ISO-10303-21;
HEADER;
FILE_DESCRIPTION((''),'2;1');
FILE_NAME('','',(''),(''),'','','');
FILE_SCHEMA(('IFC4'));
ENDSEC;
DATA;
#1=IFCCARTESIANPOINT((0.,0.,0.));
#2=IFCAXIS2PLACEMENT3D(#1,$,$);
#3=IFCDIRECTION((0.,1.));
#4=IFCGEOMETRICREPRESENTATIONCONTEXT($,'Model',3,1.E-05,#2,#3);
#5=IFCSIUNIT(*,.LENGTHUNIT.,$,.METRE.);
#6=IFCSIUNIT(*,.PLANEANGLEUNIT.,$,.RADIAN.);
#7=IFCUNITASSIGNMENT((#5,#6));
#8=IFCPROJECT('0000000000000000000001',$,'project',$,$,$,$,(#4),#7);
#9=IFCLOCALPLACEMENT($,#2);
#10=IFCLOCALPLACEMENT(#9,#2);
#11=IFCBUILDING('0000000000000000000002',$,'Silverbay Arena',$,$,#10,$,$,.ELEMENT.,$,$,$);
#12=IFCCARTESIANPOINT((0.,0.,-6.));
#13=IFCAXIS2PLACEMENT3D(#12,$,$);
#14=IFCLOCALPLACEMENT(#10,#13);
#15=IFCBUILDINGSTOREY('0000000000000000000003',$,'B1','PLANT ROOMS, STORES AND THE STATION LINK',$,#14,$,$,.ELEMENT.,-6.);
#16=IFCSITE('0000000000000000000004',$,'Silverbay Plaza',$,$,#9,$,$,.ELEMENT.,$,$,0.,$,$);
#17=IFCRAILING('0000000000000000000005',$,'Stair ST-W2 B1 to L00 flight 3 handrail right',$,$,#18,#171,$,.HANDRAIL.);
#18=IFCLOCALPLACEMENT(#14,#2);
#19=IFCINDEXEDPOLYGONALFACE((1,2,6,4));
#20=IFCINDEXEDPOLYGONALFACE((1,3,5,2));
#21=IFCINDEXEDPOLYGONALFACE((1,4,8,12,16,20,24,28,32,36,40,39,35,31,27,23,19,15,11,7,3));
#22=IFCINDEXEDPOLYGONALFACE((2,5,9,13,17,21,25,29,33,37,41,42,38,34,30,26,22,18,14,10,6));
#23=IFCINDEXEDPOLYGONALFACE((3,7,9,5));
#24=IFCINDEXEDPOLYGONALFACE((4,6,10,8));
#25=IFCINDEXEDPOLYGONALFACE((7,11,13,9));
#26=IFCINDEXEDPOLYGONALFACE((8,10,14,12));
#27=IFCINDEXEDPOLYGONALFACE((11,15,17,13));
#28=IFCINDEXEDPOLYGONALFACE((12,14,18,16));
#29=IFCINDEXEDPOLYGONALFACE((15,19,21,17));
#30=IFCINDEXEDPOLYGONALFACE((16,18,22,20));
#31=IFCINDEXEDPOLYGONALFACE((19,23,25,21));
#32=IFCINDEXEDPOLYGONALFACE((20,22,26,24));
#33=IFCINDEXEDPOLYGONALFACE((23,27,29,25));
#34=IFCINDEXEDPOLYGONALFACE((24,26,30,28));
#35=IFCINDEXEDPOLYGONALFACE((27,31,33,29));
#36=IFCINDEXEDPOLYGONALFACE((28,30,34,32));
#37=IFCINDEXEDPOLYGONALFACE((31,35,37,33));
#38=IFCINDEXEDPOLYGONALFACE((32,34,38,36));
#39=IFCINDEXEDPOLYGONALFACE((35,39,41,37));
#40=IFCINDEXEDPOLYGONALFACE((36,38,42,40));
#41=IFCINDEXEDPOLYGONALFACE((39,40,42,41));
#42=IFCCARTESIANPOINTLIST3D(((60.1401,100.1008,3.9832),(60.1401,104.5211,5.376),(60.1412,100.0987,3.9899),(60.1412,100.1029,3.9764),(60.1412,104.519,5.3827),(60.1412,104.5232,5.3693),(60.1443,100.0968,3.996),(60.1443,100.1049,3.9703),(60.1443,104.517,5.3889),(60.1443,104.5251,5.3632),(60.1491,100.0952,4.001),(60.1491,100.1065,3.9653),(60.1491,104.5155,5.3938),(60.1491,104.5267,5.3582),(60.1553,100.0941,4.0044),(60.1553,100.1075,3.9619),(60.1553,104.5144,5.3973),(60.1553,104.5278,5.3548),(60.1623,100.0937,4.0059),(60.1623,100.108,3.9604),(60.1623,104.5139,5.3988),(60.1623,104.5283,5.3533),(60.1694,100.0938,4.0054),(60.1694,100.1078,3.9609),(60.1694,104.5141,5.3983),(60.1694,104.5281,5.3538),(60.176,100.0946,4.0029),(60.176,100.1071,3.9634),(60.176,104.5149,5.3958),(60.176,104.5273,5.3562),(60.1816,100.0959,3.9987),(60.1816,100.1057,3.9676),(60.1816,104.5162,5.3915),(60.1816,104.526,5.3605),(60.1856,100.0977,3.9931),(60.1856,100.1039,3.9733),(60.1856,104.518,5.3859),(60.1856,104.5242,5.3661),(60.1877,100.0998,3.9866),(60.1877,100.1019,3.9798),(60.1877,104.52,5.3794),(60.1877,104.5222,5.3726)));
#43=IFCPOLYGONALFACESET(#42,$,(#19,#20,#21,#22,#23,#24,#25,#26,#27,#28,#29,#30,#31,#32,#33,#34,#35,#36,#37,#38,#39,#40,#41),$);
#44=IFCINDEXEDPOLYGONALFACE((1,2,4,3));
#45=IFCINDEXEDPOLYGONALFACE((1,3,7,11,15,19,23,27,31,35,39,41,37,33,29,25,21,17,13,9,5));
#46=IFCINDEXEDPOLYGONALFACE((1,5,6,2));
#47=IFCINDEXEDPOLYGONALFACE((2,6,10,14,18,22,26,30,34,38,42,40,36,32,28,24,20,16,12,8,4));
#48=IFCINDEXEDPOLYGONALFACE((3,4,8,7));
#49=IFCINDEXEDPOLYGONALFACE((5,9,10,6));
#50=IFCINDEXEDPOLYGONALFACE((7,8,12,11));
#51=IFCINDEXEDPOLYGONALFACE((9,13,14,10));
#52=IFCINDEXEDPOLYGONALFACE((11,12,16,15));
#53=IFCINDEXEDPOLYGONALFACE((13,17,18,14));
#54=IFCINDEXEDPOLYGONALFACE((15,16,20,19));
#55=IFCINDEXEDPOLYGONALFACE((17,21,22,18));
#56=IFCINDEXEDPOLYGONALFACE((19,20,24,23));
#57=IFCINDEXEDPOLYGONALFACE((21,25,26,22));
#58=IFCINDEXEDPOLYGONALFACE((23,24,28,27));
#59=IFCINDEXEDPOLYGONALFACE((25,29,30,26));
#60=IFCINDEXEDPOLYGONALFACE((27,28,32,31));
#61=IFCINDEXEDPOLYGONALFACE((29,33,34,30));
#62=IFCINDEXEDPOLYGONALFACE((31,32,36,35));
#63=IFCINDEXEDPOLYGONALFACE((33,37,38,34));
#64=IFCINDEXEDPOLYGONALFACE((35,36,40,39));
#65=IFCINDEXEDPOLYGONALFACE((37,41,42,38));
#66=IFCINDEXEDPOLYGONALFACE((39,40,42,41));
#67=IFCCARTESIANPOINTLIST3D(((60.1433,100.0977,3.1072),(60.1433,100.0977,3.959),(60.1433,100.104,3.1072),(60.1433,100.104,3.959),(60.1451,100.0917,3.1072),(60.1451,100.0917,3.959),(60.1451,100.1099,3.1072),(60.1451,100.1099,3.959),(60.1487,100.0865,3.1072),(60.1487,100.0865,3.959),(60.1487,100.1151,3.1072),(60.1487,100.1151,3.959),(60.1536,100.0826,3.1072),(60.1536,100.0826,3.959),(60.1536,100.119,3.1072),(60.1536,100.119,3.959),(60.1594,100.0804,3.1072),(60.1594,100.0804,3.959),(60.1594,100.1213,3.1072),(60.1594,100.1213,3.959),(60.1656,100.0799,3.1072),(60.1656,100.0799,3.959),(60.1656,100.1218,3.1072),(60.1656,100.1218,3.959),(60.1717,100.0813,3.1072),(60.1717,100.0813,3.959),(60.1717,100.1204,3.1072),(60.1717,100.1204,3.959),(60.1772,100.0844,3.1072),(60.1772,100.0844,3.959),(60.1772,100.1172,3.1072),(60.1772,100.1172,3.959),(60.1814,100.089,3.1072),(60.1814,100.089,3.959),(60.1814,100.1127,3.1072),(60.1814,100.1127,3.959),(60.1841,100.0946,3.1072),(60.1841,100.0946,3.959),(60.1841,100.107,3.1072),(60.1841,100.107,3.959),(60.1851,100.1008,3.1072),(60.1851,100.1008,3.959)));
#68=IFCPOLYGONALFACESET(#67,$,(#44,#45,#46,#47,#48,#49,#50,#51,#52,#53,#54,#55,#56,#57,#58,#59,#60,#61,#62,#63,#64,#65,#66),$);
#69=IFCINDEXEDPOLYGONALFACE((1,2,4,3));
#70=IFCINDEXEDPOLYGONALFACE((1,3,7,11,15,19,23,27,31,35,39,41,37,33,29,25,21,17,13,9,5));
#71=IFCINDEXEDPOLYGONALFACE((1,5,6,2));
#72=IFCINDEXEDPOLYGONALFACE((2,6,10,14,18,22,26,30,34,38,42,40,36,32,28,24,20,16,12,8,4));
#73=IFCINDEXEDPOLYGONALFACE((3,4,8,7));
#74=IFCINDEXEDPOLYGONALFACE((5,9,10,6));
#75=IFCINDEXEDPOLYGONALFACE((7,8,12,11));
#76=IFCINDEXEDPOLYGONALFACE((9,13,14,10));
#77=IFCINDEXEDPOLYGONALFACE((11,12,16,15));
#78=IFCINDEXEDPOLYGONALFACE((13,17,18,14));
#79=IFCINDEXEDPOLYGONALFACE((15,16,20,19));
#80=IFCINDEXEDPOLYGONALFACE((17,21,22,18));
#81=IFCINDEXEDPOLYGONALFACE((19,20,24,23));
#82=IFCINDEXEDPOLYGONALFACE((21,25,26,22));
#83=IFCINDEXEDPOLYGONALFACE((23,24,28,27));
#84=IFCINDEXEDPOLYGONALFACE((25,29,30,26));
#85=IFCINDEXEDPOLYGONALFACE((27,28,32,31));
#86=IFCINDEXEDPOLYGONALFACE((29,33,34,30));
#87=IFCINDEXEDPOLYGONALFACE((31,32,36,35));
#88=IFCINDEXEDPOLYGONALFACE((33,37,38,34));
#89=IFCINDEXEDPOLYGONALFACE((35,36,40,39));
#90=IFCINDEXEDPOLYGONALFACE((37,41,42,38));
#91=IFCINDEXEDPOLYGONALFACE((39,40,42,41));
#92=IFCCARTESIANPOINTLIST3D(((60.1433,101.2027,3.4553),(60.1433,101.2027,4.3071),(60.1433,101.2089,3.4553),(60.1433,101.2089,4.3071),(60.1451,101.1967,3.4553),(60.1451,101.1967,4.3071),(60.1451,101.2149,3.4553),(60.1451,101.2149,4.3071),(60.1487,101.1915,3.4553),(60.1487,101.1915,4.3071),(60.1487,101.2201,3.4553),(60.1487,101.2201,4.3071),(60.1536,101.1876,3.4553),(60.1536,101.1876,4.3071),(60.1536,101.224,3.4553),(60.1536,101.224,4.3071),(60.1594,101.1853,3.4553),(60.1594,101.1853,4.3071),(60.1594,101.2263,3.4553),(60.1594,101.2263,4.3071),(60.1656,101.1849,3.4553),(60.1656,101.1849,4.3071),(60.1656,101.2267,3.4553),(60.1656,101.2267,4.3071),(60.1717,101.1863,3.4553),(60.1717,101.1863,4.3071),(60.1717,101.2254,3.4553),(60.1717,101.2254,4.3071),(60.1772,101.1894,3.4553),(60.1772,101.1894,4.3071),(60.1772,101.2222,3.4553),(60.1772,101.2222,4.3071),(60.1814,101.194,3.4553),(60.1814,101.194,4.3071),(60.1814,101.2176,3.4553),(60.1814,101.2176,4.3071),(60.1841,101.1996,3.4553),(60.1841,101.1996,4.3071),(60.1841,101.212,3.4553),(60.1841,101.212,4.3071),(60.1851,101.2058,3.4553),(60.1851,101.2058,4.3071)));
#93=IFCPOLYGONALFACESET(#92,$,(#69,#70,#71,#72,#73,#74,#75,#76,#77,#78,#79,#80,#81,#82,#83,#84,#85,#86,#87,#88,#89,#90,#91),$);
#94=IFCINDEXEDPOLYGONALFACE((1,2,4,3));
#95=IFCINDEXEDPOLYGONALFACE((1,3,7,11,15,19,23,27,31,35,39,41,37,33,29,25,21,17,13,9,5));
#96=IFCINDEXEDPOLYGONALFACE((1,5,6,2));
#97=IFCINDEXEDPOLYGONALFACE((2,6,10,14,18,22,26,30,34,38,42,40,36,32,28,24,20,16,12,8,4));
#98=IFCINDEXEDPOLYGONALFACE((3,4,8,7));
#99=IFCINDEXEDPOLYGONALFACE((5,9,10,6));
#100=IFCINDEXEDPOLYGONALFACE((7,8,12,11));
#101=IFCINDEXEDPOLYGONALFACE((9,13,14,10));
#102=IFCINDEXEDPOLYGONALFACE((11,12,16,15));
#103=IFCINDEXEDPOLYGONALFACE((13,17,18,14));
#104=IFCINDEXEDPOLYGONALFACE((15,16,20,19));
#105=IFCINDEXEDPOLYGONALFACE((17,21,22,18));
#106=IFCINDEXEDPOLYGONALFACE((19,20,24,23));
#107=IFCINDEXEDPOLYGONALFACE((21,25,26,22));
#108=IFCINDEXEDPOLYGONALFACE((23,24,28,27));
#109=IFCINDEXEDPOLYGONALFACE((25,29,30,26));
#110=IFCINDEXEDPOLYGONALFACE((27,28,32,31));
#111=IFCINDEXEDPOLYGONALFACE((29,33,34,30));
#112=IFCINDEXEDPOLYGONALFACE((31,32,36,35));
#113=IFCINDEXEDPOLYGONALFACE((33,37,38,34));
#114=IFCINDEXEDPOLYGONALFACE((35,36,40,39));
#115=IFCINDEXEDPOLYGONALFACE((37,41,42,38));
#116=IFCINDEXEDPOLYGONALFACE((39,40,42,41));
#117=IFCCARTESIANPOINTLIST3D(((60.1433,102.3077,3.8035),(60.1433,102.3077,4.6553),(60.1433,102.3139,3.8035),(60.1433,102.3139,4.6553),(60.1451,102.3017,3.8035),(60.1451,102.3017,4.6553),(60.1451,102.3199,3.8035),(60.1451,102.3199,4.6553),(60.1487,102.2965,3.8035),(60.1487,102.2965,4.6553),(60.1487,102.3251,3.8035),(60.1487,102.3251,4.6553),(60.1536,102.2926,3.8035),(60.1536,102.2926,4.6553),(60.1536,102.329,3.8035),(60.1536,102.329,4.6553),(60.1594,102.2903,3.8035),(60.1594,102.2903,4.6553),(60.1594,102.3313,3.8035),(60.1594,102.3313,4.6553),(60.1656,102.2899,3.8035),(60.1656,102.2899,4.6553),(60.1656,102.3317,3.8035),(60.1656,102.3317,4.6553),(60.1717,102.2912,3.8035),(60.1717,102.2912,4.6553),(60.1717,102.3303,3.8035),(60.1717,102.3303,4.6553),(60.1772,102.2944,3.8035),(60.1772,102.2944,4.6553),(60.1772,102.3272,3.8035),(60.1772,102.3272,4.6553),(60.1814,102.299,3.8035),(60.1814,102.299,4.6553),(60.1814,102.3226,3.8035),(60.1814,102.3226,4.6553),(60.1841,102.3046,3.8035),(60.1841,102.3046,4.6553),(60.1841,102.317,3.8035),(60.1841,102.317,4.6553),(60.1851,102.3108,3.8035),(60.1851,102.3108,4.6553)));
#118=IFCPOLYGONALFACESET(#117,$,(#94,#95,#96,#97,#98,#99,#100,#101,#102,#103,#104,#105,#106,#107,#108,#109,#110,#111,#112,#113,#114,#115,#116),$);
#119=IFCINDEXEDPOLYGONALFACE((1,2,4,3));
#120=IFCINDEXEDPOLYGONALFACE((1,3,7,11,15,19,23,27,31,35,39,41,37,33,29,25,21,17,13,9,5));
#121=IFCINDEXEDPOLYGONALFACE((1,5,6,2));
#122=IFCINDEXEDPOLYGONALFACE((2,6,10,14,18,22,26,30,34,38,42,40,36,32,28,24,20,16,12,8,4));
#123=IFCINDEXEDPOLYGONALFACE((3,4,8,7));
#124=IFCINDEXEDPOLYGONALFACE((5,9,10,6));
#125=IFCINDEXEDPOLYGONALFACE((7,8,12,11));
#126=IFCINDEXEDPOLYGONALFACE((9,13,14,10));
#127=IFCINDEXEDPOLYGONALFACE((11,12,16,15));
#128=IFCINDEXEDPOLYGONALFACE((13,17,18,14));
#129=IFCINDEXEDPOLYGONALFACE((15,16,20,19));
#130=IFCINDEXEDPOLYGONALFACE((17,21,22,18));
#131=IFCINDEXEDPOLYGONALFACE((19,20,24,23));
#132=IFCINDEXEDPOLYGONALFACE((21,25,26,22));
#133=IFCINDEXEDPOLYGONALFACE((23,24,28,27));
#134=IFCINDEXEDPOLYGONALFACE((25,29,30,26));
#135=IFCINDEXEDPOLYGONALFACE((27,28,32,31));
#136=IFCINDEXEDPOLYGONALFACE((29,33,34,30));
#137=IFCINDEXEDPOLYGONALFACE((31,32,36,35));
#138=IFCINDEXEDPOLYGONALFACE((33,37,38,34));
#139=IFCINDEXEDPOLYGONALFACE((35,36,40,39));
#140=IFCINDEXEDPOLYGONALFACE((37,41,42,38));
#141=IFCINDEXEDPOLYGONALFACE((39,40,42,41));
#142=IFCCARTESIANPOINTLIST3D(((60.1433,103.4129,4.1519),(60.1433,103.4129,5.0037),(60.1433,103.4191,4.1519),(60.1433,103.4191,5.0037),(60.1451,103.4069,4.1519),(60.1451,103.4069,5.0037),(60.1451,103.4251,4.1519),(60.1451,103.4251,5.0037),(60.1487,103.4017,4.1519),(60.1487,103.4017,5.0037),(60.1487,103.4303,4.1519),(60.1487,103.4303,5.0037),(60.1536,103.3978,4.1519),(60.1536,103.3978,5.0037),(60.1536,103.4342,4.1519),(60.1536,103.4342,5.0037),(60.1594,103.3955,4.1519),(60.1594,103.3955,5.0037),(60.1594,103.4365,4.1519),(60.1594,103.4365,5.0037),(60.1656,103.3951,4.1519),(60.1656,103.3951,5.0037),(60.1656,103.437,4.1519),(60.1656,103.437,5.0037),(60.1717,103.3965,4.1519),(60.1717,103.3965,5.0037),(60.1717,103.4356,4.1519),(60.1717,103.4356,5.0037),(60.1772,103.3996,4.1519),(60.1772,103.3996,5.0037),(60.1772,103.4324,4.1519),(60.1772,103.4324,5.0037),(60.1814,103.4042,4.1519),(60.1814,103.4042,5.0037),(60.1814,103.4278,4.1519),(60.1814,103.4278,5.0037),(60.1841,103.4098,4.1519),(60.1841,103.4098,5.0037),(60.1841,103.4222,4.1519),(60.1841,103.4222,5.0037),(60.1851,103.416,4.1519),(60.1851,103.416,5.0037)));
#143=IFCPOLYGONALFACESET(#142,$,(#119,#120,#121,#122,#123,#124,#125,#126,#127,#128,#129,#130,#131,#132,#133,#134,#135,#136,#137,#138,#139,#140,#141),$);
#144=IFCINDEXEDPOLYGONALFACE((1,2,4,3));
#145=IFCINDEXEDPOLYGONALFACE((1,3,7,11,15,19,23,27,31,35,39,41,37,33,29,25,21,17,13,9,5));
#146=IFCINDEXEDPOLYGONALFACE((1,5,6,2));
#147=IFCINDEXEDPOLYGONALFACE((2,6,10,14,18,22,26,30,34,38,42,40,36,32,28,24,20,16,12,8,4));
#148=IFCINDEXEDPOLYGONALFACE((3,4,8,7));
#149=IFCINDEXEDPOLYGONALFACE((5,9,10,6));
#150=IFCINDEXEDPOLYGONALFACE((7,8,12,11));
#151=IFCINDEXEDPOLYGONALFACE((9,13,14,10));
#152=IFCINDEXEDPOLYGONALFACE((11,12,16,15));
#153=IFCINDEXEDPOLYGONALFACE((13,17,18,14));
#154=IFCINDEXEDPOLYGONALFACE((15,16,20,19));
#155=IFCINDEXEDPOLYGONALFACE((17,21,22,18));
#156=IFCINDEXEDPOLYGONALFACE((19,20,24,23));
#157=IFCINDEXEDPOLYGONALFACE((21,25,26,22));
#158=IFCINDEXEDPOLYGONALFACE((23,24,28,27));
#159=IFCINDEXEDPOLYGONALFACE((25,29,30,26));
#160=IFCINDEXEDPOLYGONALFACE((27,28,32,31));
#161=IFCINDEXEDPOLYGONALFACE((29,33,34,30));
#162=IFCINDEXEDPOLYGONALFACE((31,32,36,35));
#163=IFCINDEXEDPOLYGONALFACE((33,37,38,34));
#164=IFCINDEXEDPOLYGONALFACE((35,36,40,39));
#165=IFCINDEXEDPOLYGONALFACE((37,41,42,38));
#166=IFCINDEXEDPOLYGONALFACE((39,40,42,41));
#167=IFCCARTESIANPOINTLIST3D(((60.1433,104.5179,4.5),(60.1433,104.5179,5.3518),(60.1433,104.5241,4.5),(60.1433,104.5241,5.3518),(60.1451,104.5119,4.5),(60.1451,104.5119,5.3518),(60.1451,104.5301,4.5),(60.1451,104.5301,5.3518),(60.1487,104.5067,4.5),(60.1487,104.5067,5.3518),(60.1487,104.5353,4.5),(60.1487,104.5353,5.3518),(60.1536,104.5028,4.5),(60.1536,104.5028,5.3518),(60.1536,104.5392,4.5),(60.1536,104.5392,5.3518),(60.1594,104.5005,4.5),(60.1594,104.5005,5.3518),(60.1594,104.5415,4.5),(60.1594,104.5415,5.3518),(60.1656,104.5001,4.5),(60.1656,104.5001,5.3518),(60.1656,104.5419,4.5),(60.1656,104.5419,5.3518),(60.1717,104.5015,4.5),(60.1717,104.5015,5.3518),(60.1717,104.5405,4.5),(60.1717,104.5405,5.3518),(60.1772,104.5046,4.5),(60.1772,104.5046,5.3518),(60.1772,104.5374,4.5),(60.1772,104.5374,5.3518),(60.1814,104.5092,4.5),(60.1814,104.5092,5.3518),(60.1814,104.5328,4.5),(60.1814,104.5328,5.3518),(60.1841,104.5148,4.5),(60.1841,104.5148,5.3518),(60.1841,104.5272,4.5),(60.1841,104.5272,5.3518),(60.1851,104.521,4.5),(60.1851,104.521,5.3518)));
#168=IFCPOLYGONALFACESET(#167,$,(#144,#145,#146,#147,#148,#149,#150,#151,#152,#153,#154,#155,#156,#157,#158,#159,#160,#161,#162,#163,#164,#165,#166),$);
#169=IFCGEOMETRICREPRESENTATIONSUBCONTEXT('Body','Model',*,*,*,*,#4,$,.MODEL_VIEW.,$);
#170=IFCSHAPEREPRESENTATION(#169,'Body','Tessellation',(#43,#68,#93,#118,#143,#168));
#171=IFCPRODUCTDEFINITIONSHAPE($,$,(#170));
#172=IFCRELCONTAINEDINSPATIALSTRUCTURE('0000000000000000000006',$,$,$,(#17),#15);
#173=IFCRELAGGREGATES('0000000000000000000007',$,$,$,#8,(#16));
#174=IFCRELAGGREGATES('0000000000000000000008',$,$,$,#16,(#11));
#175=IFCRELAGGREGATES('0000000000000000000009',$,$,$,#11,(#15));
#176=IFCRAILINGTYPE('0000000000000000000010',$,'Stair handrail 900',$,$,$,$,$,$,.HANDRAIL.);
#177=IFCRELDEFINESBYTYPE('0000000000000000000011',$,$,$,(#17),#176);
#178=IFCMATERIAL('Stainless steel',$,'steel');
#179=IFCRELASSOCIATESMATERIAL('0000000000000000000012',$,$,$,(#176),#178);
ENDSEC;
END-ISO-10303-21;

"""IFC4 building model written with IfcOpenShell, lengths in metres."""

from ifc_helpers import new_model, si_unit, direction, frame, origin, origin_2d, place, context, subcontext, project, spatial, circle, extrude, material, type_object, element, save


model = new_model("IFC4")

# Units and contexts
model_context = context("Model", 3, precision=1e-05, world=origin(), true_north=direction((0.0, 1.0)))
body_context = subcontext(model_context, "Body", "Model", "MODEL_VIEW")
ifc_project = project(units=[si_unit("LENGTHUNIT", "METRE"), si_unit("PLANEANGLEUNIT", "RADIAN")], contexts=[model_context])

# Site, building, storey
site_placement = place(None, origin())
site = spatial("IfcSite", under=ifc_project, at=site_placement, Name="Silverbay Plaza", CompositionType="ELEMENT", RefElevation=0.0)
building_placement = place(site_placement, origin())
building = spatial("IfcBuilding", under=site, at=building_placement, Name="Silverbay Arena", CompositionType="ELEMENT")
storey_placement = place(building_placement, frame((0.0, 0.0, -6.0)))
storey = spatial("IfcBuildingStorey", under=building, at=storey_placement, Name="B1", Description="PLANT ROOMS, STORES AND THE STATION LINK", CompositionType="ELEMENT", Elevation=-6.0)

# Railing
ifc_material_1 = material(Name="Stainless steel", Category="steel")
railing_type_1 = type_object("IfcRailingType", Name="Stair handrail 900", PredefinedType="HANDRAIL", material=ifc_material_1)
for number, where, name in (
    (1, (60.1641, 100.1008, 3.1072), "Stair ST-W2 B1 to L00 flight 3 handrail right"),
):
    element("IfcRailing", number, at=place(storey_placement, frame(where)), inside=storey, type_object=railing_type_1, Name=name, PredefinedType="HANDRAIL", context=body_context, shape_type="SweptSolid", body=[
        extrude(circle(Radius=0.0239, at=origin_2d()), frame((0.0, 0.0, 0.876), z_axis=(0.0, 0.95377, 0.300539), x_axis=(-1.0, 0.0, 0.0)), (0.0, 0.0, 1.0), 4.6345),
        extrude(circle(Radius=0.021, at=origin_2d()), origin(), (0.0, 0.0, 1.0), 0.8518),
        extrude(circle(Radius=0.021, at=origin_2d()), frame((0.0, 1.105, 0.3481)), (0.0, 0.0, 1.0), 0.8518),
        extrude(circle(Radius=0.021, at=origin_2d()), frame((0.0, 2.21, 0.6963)), (0.0, 0.0, 1.0), 0.8518),
        extrude(circle(Radius=0.021, at=origin_2d()), frame((0.0, 3.3152, 1.0447)), (0.0, 0.0, 1.0), 0.8518),
        extrude(circle(Radius=0.021, at=origin_2d()), frame((0.0, 4.4202, 1.3928)), (0.0, 0.0, 1.0), 0.8518),
    ])

save(model, "model.ifc")
